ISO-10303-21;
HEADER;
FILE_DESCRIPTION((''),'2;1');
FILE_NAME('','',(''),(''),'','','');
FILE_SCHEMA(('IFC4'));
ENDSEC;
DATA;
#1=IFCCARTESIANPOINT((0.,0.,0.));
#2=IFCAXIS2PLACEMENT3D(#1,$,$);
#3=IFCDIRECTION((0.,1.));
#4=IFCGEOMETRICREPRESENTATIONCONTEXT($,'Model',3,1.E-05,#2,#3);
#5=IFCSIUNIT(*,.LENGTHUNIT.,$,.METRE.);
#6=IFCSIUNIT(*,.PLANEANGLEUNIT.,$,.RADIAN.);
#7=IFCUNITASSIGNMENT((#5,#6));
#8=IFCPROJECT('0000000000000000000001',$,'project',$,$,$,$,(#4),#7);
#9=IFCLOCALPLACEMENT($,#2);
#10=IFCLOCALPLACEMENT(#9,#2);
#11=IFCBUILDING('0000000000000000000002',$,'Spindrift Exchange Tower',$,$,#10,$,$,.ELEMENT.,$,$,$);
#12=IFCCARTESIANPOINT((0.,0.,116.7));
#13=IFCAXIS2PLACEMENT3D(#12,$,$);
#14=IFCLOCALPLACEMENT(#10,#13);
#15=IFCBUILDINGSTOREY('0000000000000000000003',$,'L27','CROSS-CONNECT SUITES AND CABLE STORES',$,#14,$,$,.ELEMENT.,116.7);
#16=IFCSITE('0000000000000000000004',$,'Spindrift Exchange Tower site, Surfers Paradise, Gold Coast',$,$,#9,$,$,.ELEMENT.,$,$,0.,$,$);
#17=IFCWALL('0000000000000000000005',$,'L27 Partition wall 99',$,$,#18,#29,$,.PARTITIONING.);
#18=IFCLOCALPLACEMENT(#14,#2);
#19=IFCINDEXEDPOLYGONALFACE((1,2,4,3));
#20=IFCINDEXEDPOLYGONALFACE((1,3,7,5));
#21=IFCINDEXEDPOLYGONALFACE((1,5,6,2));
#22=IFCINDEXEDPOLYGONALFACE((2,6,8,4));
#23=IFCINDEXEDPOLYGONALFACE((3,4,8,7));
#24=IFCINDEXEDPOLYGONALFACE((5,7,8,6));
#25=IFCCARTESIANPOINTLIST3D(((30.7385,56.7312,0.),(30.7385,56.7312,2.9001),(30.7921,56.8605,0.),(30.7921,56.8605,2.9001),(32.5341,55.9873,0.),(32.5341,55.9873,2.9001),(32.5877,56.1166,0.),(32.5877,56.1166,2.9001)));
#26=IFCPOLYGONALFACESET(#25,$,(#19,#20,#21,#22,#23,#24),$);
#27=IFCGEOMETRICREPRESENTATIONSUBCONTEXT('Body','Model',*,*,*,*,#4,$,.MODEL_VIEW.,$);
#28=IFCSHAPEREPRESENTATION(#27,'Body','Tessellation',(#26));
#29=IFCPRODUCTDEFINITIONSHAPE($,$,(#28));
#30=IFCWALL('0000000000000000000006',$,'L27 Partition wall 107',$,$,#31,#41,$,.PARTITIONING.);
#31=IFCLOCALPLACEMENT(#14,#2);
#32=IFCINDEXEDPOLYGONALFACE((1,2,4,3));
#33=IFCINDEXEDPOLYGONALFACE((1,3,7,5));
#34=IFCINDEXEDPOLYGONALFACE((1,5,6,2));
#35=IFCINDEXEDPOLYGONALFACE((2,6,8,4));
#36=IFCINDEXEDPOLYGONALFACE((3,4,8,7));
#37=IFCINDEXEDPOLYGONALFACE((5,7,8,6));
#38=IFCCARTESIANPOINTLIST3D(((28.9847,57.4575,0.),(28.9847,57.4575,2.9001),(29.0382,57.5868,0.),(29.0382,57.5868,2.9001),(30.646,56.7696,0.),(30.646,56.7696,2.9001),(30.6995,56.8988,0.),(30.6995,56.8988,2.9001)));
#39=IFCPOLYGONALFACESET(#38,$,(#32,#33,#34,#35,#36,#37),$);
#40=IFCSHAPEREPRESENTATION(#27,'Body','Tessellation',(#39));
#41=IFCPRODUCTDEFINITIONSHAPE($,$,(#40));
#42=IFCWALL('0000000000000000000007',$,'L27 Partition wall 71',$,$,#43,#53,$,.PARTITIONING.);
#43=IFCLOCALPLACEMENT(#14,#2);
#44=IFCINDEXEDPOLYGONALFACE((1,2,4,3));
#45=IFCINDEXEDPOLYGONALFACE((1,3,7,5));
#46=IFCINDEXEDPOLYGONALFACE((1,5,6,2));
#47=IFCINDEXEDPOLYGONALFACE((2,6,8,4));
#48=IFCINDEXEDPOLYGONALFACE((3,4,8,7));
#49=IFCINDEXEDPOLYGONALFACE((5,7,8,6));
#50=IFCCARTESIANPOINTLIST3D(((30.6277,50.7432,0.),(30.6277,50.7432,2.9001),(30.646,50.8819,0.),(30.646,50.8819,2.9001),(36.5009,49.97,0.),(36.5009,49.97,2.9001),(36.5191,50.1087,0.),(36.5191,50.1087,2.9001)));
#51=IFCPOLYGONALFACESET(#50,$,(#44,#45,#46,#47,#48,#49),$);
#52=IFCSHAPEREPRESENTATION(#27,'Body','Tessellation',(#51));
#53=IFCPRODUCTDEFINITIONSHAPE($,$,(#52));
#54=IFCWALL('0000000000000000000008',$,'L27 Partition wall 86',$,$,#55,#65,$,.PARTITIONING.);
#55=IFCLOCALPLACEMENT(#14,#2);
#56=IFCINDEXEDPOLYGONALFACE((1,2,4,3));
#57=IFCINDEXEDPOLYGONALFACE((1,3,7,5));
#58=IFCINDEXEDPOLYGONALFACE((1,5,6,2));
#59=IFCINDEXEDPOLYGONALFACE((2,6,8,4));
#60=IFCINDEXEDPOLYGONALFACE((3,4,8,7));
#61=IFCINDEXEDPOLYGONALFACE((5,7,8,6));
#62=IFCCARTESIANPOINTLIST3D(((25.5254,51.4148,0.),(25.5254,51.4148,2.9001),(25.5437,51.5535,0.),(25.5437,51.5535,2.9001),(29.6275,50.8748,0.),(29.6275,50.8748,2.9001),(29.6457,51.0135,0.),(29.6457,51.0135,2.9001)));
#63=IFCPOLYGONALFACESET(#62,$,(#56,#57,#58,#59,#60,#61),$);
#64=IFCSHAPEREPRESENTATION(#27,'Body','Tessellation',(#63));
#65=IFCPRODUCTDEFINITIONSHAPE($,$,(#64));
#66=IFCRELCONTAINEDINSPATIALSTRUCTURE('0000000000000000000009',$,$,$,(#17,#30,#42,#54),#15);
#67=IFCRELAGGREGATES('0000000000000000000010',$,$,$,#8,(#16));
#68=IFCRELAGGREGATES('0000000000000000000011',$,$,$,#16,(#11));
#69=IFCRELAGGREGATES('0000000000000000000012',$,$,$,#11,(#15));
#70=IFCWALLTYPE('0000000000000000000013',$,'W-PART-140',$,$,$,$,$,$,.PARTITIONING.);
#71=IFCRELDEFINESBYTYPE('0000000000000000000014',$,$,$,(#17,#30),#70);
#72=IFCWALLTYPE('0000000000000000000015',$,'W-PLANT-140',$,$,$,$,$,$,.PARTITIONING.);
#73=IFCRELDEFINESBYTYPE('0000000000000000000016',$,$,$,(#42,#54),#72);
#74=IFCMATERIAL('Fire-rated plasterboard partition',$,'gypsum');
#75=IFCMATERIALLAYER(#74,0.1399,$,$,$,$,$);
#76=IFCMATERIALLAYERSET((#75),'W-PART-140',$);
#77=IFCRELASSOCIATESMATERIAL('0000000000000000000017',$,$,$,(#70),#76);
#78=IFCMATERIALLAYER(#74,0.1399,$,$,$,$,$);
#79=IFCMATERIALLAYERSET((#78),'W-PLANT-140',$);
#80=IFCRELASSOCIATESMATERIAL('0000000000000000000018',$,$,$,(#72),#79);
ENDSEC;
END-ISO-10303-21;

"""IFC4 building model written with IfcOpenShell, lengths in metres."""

from ifc_helpers import new_model, si_unit, direction, frame, frame_2d, origin, place, context, subcontext, project, spatial, rectangle, extrude, material, layer, layer_set, type_object, element, save


model = new_model("IFC4")

# Units and contexts
model_context = context("Model", 3, precision=1e-05, world=origin(), true_north=direction((0.0, 1.0)))
body_context = subcontext(model_context, "Body", "Model", "MODEL_VIEW")
ifc_project = project(units=[si_unit("LENGTHUNIT", "METRE"), si_unit("PLANEANGLEUNIT", "RADIAN")], contexts=[model_context])

# Site, building, storey
site_placement = place(None, origin())
site = spatial("IfcSite", under=ifc_project, at=site_placement, Name="Spindrift Exchange Tower site, Surfers Paradise, Gold Coast", CompositionType="ELEMENT", RefElevation=0.0)
building_placement = place(site_placement, origin())
building = spatial("IfcBuilding", under=site, at=building_placement, Name="Spindrift Exchange Tower", CompositionType="ELEMENT")
storey_placement = place(building_placement, frame((0.0, 0.0, 116.7)))
storey = spatial("IfcBuildingStorey", under=building, at=storey_placement, Name="L27", Description="CROSS-CONNECT SUITES AND CABLE STORES", CompositionType="ELEMENT", Elevation=116.7)

# Walls
ifc_material_1 = material(Name="Fire-rated plasterboard partition", Category="gypsum")
ifc_layer_1 = layer(ifc_material_1, 0.1399)
ifc_layer_set_1 = layer_set([ifc_layer_1], Name="W-PART-140")
wall_type_1 = type_object("IfcWallType", Name="W-PART-140", PredefinedType="PARTITIONING", material=ifc_layer_set_1)
wall_1_placement = place(storey_placement, frame((32.5608, 56.052, 0.0), z_axis=(0.0, 0.0, 1.0), x_axis=(-0.923859, 0.382733, 0.0)))
element("IfcWall", 1, at=wall_1_placement, inside=storey, type_object=wall_type_1, Name="L27 Partition wall 99", PredefinedType="PARTITIONING", context=body_context, shape_type="SweptSolid", body=[
    extrude(rectangle(XDim=1.9436, YDim=0.1399, at=frame_2d((0.9717, 0.0))), origin(), (0.0, 0.0, 1.0), 2.9001),
])
wall_2_placement = place(storey_placement, frame((30.6726, 56.8342, 0.0), z_axis=(0.0, 0.0, 1.0), x_axis=(-0.923914, 0.3826, 0.0)))
element("IfcWall", 2, at=wall_2_placement, inside=storey, type_object=wall_type_1, Name="L27 Partition wall 107", PredefinedType="PARTITIONING", context=body_context, shape_type="SweptSolid", body=[
    extrude(rectangle(XDim=1.7981, YDim=0.1399, at=frame_2d((0.8989, 0.0))), origin(), (0.0, 0.0, 1.0), 2.9001),
])
ifc_layer_2 = layer(ifc_material_1, 0.1399)
ifc_layer_set_2 = layer_set([ifc_layer_2], Name="W-PLANT-140")
wall_type_2 = type_object("IfcWallType", Name="W-PLANT-140", PredefinedType="PARTITIONING", material=ifc_layer_set_2)
wall_3_placement = place(storey_placement, frame((36.51, 50.0393, 0.0), z_axis=(0.0, 0.0, 1.0), x_axis=(-0.991445, 0.130525, 0.0)))
element("IfcWall", 3, at=wall_3_placement, inside=storey, type_object=wall_type_2, Name="L27 Partition wall 71", PredefinedType="PARTITIONING", context=body_context, shape_type="SweptSolid", body=[
    extrude(rectangle(XDim=5.9238, YDim=0.1399, at=frame_2d((2.9619, 0.0))), origin(), (0.0, 0.0, 1.0), 2.9001),
])
wall_4_placement = place(storey_placement, frame((29.6367, 50.9441, 0.0), z_axis=(0.0, 0.0, 1.0), x_axis=(-0.991445, 0.130525, 0.0)))
element("IfcWall", 4, at=wall_4_placement, inside=storey, type_object=wall_type_2, Name="L27 Partition wall 86", PredefinedType="PARTITIONING", context=body_context, shape_type="SweptSolid", body=[
    extrude(rectangle(XDim=4.1375, YDim=0.1399, at=frame_2d((2.0688, 0.0))), origin(), (0.0, 0.0, 1.0), 2.9001),
])

save(model, "model.ifc")
